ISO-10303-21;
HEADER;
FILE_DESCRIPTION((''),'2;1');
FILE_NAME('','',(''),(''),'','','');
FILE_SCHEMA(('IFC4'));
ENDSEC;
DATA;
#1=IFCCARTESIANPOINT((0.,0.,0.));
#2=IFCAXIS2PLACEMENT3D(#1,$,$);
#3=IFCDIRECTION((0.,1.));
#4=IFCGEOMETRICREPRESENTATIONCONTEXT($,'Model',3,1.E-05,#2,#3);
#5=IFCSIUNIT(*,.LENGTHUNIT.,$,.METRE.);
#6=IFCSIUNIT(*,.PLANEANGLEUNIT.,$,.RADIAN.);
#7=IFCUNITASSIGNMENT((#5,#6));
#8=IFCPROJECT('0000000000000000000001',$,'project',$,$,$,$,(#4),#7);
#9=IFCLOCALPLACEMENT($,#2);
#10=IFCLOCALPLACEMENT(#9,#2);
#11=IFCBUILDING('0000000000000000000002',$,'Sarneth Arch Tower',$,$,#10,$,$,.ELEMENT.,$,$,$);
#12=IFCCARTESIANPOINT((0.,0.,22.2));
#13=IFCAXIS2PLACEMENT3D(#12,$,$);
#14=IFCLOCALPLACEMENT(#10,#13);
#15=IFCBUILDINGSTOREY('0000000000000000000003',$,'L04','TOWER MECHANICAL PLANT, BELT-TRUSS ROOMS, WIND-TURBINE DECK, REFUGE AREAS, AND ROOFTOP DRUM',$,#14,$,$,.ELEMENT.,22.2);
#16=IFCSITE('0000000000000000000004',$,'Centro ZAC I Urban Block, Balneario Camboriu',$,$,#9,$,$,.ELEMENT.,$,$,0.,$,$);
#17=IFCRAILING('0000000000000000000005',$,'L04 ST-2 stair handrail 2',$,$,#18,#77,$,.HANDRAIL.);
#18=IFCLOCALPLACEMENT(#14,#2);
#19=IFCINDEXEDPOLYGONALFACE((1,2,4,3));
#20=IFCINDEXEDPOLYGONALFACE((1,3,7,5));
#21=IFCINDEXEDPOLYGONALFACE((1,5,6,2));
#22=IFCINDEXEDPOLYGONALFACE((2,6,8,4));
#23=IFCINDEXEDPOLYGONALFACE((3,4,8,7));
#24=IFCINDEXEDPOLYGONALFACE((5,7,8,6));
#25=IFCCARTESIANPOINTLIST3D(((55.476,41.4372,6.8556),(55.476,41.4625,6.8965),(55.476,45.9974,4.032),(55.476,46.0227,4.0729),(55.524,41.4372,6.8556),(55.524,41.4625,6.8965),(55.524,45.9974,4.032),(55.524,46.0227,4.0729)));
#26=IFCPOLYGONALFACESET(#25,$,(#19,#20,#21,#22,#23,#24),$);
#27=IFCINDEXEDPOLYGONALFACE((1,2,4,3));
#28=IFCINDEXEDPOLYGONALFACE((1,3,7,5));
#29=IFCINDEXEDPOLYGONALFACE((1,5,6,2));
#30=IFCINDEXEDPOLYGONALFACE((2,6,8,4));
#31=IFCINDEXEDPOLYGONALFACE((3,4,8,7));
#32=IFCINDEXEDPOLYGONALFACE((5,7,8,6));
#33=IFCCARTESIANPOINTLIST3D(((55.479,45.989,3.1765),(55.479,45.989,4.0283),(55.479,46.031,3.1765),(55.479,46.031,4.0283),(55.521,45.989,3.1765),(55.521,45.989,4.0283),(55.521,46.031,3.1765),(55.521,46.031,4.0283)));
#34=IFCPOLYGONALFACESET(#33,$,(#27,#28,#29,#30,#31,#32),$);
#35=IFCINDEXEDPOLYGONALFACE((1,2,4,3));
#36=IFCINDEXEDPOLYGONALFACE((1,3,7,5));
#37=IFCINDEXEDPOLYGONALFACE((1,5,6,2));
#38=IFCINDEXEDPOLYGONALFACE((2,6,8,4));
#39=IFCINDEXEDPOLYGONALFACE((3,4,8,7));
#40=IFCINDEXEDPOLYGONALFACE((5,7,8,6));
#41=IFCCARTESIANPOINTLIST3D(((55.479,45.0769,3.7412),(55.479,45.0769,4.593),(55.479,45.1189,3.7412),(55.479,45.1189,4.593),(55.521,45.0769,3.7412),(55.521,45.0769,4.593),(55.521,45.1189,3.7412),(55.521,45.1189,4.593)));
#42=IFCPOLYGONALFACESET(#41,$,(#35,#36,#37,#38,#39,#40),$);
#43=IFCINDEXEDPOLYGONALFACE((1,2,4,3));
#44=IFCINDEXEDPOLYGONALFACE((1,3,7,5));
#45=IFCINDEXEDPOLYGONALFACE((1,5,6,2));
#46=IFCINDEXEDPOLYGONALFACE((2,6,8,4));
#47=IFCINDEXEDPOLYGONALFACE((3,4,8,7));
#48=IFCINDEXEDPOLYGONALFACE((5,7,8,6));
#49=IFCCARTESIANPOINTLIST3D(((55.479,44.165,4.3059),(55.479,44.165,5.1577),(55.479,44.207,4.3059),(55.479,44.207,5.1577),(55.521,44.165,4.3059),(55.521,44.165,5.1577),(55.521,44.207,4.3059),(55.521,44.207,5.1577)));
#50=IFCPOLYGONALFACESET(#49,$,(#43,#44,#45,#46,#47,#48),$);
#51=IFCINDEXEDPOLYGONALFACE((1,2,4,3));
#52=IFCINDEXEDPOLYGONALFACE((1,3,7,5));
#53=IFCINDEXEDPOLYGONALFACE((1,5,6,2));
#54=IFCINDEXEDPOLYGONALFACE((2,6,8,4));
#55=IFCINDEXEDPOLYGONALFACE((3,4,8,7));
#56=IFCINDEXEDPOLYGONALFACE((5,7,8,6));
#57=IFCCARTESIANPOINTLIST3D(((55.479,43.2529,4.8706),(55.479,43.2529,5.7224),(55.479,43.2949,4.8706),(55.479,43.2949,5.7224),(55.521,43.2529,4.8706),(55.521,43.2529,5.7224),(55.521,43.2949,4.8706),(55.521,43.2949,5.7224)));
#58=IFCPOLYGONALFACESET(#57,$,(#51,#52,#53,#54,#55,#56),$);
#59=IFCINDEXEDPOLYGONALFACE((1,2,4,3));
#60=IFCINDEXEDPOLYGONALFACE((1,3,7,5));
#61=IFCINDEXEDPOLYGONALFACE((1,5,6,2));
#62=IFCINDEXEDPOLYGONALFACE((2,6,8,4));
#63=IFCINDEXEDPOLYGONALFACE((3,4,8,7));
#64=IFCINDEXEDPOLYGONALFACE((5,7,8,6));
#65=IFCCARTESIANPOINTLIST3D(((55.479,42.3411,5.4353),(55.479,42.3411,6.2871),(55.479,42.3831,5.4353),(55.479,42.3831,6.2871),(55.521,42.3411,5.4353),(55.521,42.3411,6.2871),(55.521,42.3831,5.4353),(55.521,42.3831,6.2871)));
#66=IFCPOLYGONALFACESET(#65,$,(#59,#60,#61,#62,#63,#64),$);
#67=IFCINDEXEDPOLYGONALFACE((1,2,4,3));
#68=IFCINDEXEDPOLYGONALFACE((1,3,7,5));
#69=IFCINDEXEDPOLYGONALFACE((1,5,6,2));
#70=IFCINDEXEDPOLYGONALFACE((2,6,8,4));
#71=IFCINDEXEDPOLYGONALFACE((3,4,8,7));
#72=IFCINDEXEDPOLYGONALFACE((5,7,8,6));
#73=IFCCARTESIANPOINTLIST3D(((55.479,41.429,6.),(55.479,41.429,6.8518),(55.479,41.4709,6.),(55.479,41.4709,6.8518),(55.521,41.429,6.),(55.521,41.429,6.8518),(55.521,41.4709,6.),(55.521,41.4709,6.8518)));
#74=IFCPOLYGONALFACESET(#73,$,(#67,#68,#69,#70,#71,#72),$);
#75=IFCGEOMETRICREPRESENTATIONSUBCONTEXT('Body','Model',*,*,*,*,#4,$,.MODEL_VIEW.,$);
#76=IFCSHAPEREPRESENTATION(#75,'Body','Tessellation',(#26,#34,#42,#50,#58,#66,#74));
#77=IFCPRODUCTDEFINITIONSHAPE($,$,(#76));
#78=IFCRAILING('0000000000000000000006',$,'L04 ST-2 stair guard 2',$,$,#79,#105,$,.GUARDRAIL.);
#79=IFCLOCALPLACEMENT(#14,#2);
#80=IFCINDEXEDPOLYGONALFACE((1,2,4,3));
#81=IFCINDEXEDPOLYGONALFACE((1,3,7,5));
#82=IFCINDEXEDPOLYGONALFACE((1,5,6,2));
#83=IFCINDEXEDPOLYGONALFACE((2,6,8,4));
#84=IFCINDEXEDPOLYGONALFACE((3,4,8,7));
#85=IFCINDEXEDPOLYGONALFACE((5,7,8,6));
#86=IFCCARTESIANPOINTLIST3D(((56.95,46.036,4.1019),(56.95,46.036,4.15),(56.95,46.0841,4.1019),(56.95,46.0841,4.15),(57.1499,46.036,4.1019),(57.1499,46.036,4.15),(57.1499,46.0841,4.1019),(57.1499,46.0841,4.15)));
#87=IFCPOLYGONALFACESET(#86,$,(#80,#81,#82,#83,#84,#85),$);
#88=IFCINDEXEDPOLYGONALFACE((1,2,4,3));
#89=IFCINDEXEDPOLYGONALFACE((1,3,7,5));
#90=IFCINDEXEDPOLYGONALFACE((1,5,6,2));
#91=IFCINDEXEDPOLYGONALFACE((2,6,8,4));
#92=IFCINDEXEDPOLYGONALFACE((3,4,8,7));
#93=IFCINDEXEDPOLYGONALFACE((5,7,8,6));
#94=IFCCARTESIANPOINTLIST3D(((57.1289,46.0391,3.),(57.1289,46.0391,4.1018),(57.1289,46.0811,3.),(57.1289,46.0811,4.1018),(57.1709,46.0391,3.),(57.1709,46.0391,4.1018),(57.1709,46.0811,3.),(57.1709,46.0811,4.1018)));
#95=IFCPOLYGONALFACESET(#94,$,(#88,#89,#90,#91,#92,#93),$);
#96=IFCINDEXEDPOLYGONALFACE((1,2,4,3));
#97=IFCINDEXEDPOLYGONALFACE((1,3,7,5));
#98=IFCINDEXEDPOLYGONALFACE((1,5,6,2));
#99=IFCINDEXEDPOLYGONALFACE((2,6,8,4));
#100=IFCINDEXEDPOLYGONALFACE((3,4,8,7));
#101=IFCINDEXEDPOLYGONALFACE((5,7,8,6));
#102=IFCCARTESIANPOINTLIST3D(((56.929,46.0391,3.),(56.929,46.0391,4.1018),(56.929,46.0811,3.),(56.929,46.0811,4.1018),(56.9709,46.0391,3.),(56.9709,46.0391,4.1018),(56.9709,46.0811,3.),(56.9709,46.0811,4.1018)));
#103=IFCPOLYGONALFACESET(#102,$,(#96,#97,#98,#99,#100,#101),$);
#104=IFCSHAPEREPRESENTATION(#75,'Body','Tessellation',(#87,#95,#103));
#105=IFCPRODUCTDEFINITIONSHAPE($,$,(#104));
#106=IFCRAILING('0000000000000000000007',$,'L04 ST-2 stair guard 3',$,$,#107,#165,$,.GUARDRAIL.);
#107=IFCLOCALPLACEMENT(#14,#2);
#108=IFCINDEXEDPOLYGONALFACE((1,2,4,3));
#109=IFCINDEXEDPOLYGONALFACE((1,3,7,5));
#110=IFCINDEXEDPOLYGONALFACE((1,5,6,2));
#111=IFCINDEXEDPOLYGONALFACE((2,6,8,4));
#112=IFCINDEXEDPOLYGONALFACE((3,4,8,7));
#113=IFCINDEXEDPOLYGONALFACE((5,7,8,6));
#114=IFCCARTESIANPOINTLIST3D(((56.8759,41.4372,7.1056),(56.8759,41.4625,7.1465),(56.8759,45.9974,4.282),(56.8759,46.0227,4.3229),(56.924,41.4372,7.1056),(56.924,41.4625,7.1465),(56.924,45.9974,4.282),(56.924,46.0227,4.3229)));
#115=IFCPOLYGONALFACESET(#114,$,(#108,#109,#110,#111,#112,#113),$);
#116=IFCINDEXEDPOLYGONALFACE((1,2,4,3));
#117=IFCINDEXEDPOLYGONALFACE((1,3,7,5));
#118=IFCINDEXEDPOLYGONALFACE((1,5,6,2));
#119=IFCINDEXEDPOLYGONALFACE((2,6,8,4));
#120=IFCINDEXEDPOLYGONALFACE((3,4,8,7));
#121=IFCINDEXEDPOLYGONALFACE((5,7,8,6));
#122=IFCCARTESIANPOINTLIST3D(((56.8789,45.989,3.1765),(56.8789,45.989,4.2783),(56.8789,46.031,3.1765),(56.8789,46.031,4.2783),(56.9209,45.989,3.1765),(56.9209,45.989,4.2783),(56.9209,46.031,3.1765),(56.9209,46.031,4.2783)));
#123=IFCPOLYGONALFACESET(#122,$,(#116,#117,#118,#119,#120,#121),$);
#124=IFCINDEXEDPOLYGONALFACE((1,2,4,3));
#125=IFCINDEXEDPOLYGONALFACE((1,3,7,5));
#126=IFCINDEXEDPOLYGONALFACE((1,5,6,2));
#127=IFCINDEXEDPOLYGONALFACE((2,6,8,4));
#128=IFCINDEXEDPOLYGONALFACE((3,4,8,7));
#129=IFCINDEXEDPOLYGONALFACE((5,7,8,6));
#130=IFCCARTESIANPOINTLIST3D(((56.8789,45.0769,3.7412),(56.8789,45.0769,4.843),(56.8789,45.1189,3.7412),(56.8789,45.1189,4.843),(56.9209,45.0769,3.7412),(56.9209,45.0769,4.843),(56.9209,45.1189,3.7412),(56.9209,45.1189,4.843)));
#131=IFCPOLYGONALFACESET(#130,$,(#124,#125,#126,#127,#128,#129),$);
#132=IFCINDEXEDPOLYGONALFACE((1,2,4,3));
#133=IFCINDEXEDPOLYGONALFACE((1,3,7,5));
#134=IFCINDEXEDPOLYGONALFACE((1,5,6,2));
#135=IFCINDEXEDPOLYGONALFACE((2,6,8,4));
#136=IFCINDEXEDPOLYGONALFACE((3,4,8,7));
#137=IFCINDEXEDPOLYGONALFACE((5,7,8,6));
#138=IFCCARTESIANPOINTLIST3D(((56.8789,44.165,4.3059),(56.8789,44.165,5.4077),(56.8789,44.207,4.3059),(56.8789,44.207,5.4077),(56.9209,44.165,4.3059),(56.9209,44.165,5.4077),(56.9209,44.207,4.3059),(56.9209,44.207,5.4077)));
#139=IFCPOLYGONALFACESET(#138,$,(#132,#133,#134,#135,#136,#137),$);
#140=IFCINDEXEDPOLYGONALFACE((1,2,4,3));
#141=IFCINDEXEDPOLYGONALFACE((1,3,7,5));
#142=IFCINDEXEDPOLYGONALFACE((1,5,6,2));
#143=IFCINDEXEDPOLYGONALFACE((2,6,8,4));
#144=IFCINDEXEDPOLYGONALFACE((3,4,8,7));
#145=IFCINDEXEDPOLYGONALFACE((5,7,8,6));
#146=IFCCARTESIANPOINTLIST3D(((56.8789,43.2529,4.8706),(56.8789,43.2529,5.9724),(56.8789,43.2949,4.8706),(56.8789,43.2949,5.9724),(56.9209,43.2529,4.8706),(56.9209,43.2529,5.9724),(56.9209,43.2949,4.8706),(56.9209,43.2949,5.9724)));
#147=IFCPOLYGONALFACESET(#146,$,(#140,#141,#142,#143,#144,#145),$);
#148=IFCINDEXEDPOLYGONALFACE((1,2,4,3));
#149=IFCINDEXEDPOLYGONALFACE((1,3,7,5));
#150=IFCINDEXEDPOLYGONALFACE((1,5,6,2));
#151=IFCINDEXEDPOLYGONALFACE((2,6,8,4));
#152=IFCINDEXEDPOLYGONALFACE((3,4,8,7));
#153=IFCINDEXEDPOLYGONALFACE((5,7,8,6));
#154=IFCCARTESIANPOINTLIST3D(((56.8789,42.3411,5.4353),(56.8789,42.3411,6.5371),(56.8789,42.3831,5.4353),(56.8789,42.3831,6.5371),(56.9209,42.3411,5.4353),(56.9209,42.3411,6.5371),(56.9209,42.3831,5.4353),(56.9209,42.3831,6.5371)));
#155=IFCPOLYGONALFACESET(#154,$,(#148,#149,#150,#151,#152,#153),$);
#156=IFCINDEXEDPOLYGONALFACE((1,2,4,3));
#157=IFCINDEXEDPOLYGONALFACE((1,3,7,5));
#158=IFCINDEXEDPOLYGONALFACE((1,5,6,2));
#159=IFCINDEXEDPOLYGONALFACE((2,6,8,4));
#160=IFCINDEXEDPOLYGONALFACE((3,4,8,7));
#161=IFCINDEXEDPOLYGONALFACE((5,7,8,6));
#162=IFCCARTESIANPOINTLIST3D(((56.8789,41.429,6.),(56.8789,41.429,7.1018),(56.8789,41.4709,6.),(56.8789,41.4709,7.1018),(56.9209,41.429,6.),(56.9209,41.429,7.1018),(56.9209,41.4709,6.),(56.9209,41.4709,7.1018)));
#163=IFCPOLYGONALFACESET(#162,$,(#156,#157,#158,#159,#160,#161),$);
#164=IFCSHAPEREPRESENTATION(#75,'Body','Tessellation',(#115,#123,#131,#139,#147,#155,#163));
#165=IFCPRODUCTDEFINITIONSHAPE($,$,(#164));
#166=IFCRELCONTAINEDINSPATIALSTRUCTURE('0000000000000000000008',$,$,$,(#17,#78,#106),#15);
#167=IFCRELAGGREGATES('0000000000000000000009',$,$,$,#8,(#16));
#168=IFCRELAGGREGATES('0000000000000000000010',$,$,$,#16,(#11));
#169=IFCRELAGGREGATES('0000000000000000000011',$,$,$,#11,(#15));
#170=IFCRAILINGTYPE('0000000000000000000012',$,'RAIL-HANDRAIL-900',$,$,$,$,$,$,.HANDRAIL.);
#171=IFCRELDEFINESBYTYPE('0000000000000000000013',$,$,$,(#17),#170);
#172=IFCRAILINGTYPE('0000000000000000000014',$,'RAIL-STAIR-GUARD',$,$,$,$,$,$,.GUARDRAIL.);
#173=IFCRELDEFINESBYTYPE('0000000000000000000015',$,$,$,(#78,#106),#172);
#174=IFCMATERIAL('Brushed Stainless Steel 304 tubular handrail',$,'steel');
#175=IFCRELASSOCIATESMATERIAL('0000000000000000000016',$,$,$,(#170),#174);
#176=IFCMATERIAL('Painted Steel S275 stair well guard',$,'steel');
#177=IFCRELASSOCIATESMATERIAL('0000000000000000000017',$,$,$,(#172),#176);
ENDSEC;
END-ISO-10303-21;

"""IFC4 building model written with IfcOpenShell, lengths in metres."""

from ifc_helpers import new_model, si_unit, direction, frame, origin, origin_2d, place, context, subcontext, project, spatial, rectangle, extrude, material, type_object, element, save


model = new_model("IFC4")

# Units and contexts
model_context = context("Model", 3, precision=1e-05, world=origin(), true_north=direction((0.0, 1.0)))
body_context = subcontext(model_context, "Body", "Model", "MODEL_VIEW")
ifc_project = project(units=[si_unit("LENGTHUNIT", "METRE"), si_unit("PLANEANGLEUNIT", "RADIAN")], contexts=[model_context])

# Site, building, storey
site_placement = place(None, origin())
site = spatial("IfcSite", under=ifc_project, at=site_placement, Name="Centro ZAC I Urban Block, Balneario Camboriu", CompositionType="ELEMENT", RefElevation=0.0)
building_placement = place(site_placement, origin())
building = spatial("IfcBuilding", under=site, at=building_placement, Name="Sarneth Arch Tower", CompositionType="ELEMENT")
storey_placement = place(building_placement, frame((0.0, 0.0, 22.2)))
storey = spatial("IfcBuildingStorey", under=building, at=storey_placement, Name="L04", Description="TOWER MECHANICAL PLANT, BELT-TRUSS ROOMS, WIND-TURBINE DECK, REFUGE AREAS, AND ROOFTOP DRUM", CompositionType="ELEMENT", Elevation=22.2)

# Railings
ifc_material_1 = material(Name="Brushed Stainless Steel 304 tubular handrail", Category="steel")
railing_type_1 = type_object("IfcRailingType", Name="RAIL-HANDRAIL-900", PredefinedType="HANDRAIL", material=ifc_material_1)
railing_1_placement = place(storey_placement, frame((55.5, 46.01, 3.1765)))
element("IfcRailing", 1, at=railing_1_placement, inside=storey, type_object=railing_type_1, Name="L04 ST-2 stair handrail 2", PredefinedType="HANDRAIL", context=body_context, shape_type="SweptSolid", body=[
    extrude(rectangle(XDim=0.0481, YDim=0.0481, at=origin_2d()), frame((0.0, 0.0, 0.876), z_axis=(0.0, -0.850216, 0.526435), x_axis=(1.0, 0.0, 0.0)), (0.0, 0.0, 1.0), 5.3635),
    extrude(rectangle(XDim=0.042, YDim=0.042, at=origin_2d()), origin(), (0.0, 0.0, 1.0), 0.8518),
    extrude(rectangle(XDim=0.042, YDim=0.042, at=origin_2d()), frame((0.0, -0.9121, 0.5647)), (0.0, 0.0, 1.0), 0.8518),
    extrude(rectangle(XDim=0.042, YDim=0.042, at=origin_2d()), frame((0.0, -1.824, 1.1294)), (0.0, 0.0, 1.0), 0.8518),
    extrude(rectangle(XDim=0.042, YDim=0.042, at=origin_2d()), frame((0.0, -2.7361, 1.6941)), (0.0, 0.0, 1.0), 0.8518),
    extrude(rectangle(XDim=0.042, YDim=0.042, at=origin_2d()), frame((0.0, -3.6479, 2.2588)), (0.0, 0.0, 1.0), 0.8518),
    extrude(rectangle(XDim=0.042, YDim=0.042, at=origin_2d()), frame((0.0, -4.5601, 2.8235)), (0.0, 0.0, 1.0), 0.8518),
])
ifc_material_2 = material(Name="Painted Steel S275 stair well guard", Category="steel")
railing_type_2 = type_object("IfcRailingType", Name="RAIL-STAIR-GUARD", PredefinedType="GUARDRAIL", material=ifc_material_2)
railing_2_placement = place(storey_placement, frame((57.1499, 46.0601, 3.0)))
element("IfcRailing", 2, at=railing_2_placement, inside=storey, type_object=railing_type_2, Name="L04 ST-2 stair guard 2", PredefinedType="GUARDRAIL", context=body_context, shape_type="SweptSolid", body=[
    extrude(rectangle(XDim=0.0481, YDim=0.0481, at=origin_2d()), frame((0.0, 0.0, 1.126), z_axis=(-1.0, 0.0, 0.0), x_axis=(0.0, -1.0, 0.0)), (0.0, 0.0, 1.0), 0.2),
    extrude(rectangle(XDim=0.042, YDim=0.042, at=origin_2d()), origin(), (0.0, 0.0, 1.0), 1.1018),
    extrude(rectangle(XDim=0.042, YDim=0.042, at=origin_2d()), frame((-0.2, 0.0, 0.0)), (0.0, 0.0, 1.0), 1.1018),
])
railing_3_placement = place(storey_placement, frame((56.8999, 46.01, 3.1765)))
element("IfcRailing", 3, at=railing_3_placement, inside=storey, type_object=railing_type_2, Name="L04 ST-2 stair guard 3", PredefinedType="GUARDRAIL", context=body_context, shape_type="SweptSolid", body=[
    extrude(rectangle(XDim=0.0481, YDim=0.0481, at=origin_2d()), frame((0.0, 0.0, 1.126), z_axis=(0.0, -0.850216, 0.526435), x_axis=(1.0, 0.0, 0.0)), (0.0, 0.0, 1.0), 5.3635),
    extrude(rectangle(XDim=0.042, YDim=0.042, at=origin_2d()), origin(), (0.0, 0.0, 1.0), 1.1018),
    extrude(rectangle(XDim=0.042, YDim=0.042, at=origin_2d()), frame((0.0, -0.9121, 0.5647)), (0.0, 0.0, 1.0), 1.1018),
    extrude(rectangle(XDim=0.042, YDim=0.042, at=origin_2d()), frame((0.0, -1.824, 1.1294)), (0.0, 0.0, 1.0), 1.1018),
    extrude(rectangle(XDim=0.042, YDim=0.042, at=origin_2d()), frame((0.0, -2.7361, 1.6941)), (0.0, 0.0, 1.0), 1.1018),
    extrude(rectangle(XDim=0.042, YDim=0.042, at=origin_2d()), frame((0.0, -3.6479, 2.2588)), (0.0, 0.0, 1.0), 1.1018),
    extrude(rectangle(XDim=0.042, YDim=0.042, at=origin_2d()), frame((0.0, -4.5601, 2.8235)), (0.0, 0.0, 1.0), 1.1018),
])

save(model, "model.ifc")
